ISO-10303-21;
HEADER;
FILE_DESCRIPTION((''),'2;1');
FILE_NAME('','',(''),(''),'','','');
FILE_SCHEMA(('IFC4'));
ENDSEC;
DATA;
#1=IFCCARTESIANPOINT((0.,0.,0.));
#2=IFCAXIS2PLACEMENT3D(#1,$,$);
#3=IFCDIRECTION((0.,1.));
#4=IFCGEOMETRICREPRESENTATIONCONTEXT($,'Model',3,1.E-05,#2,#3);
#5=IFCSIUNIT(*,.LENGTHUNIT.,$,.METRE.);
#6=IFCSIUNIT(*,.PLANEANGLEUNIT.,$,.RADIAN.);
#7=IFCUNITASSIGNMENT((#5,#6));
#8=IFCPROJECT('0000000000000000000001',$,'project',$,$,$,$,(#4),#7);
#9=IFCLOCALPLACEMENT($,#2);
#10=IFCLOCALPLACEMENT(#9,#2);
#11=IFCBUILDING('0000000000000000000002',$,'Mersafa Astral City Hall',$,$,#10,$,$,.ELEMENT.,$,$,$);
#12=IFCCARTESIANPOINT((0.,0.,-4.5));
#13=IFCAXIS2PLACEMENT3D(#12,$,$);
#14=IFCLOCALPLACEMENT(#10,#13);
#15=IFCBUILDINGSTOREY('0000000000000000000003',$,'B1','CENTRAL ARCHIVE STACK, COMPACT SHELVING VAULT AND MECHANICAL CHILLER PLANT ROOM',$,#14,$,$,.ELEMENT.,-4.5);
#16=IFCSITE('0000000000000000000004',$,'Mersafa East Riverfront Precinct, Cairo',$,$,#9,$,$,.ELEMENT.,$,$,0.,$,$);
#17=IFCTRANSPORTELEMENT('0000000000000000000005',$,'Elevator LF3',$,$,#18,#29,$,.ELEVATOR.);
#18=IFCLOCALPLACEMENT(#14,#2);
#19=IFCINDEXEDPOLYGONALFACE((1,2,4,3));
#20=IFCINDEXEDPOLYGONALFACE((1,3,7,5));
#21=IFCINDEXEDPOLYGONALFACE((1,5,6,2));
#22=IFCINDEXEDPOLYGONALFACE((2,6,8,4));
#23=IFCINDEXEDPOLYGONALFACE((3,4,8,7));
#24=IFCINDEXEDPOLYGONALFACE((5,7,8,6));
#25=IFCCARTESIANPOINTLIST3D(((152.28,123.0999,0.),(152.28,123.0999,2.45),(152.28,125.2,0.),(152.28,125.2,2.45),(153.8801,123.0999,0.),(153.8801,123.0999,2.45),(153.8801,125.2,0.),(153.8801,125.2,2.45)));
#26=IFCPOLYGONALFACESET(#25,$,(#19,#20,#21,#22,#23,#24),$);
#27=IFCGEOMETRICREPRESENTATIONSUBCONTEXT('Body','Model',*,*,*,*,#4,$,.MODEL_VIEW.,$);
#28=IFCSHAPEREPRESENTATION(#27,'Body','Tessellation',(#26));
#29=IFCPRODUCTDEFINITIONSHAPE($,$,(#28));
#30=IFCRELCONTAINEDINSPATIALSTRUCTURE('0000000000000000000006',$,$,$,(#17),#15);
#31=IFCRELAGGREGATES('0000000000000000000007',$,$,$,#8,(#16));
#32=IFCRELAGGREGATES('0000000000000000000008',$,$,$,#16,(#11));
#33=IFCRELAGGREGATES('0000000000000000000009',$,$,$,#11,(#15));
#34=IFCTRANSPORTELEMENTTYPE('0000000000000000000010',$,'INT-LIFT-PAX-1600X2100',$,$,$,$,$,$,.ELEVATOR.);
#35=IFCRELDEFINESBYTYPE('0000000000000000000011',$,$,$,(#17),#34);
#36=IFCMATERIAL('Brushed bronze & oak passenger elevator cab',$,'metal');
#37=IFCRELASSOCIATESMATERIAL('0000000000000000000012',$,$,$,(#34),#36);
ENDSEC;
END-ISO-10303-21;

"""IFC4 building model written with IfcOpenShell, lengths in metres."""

from ifc_helpers import new_model, si_unit, direction, frame, origin, origin_2d, place, context, subcontext, project, spatial, rectangle, extrude, material, type_object, element, save


model = new_model("IFC4")

# Units and contexts
model_context = context("Model", 3, precision=1e-05, world=origin(), true_north=direction((0.0, 1.0)))
body_context = subcontext(model_context, "Body", "Model", "MODEL_VIEW")
ifc_project = project(units=[si_unit("LENGTHUNIT", "METRE"), si_unit("PLANEANGLEUNIT", "RADIAN")], contexts=[model_context])

# Site, building, storey
site_placement = place(None, origin())
site = spatial("IfcSite", under=ifc_project, at=site_placement, Name="Mersafa East Riverfront Precinct, Cairo", CompositionType="ELEMENT", RefElevation=0.0)
building_placement = place(site_placement, origin())
building = spatial("IfcBuilding", under=site, at=building_placement, Name="Mersafa Astral City Hall", CompositionType="ELEMENT")
storey_placement = place(building_placement, frame((0.0, 0.0, -4.5)))
storey = spatial("IfcBuildingStorey", under=building, at=storey_placement, Name="B1", Description="CENTRAL ARCHIVE STACK, COMPACT SHELVING VAULT AND MECHANICAL CHILLER PLANT ROOM", CompositionType="ELEMENT", Elevation=-4.5)

# Transport element
ifc_material_1 = material(Name="Brushed bronze & oak passenger elevator cab", Category="metal")
transport_element_type_1 = type_object("IfcTransportElementType", Name="INT-LIFT-PAX-1600X2100", PredefinedType="ELEVATOR", material=ifc_material_1)
transport_element_1_placement = place(storey_placement, frame((153.0801, 124.1499, 0.0), z_axis=(0.0, 0.0, 1.0), x_axis=(1.0, 0.0, 0.0)))
element("IfcTransportElement", 1, at=transport_element_1_placement, inside=storey, type_object=transport_element_type_1, Name="Elevator LF3", PredefinedType="ELEVATOR", context=body_context, shape_type="SweptSolid", body=[
    extrude(rectangle(XDim=1.6001, YDim=2.1001, at=origin_2d()), origin(), (0.0, 0.0, 1.0), 2.45),
])

save(model, "model.ifc")
